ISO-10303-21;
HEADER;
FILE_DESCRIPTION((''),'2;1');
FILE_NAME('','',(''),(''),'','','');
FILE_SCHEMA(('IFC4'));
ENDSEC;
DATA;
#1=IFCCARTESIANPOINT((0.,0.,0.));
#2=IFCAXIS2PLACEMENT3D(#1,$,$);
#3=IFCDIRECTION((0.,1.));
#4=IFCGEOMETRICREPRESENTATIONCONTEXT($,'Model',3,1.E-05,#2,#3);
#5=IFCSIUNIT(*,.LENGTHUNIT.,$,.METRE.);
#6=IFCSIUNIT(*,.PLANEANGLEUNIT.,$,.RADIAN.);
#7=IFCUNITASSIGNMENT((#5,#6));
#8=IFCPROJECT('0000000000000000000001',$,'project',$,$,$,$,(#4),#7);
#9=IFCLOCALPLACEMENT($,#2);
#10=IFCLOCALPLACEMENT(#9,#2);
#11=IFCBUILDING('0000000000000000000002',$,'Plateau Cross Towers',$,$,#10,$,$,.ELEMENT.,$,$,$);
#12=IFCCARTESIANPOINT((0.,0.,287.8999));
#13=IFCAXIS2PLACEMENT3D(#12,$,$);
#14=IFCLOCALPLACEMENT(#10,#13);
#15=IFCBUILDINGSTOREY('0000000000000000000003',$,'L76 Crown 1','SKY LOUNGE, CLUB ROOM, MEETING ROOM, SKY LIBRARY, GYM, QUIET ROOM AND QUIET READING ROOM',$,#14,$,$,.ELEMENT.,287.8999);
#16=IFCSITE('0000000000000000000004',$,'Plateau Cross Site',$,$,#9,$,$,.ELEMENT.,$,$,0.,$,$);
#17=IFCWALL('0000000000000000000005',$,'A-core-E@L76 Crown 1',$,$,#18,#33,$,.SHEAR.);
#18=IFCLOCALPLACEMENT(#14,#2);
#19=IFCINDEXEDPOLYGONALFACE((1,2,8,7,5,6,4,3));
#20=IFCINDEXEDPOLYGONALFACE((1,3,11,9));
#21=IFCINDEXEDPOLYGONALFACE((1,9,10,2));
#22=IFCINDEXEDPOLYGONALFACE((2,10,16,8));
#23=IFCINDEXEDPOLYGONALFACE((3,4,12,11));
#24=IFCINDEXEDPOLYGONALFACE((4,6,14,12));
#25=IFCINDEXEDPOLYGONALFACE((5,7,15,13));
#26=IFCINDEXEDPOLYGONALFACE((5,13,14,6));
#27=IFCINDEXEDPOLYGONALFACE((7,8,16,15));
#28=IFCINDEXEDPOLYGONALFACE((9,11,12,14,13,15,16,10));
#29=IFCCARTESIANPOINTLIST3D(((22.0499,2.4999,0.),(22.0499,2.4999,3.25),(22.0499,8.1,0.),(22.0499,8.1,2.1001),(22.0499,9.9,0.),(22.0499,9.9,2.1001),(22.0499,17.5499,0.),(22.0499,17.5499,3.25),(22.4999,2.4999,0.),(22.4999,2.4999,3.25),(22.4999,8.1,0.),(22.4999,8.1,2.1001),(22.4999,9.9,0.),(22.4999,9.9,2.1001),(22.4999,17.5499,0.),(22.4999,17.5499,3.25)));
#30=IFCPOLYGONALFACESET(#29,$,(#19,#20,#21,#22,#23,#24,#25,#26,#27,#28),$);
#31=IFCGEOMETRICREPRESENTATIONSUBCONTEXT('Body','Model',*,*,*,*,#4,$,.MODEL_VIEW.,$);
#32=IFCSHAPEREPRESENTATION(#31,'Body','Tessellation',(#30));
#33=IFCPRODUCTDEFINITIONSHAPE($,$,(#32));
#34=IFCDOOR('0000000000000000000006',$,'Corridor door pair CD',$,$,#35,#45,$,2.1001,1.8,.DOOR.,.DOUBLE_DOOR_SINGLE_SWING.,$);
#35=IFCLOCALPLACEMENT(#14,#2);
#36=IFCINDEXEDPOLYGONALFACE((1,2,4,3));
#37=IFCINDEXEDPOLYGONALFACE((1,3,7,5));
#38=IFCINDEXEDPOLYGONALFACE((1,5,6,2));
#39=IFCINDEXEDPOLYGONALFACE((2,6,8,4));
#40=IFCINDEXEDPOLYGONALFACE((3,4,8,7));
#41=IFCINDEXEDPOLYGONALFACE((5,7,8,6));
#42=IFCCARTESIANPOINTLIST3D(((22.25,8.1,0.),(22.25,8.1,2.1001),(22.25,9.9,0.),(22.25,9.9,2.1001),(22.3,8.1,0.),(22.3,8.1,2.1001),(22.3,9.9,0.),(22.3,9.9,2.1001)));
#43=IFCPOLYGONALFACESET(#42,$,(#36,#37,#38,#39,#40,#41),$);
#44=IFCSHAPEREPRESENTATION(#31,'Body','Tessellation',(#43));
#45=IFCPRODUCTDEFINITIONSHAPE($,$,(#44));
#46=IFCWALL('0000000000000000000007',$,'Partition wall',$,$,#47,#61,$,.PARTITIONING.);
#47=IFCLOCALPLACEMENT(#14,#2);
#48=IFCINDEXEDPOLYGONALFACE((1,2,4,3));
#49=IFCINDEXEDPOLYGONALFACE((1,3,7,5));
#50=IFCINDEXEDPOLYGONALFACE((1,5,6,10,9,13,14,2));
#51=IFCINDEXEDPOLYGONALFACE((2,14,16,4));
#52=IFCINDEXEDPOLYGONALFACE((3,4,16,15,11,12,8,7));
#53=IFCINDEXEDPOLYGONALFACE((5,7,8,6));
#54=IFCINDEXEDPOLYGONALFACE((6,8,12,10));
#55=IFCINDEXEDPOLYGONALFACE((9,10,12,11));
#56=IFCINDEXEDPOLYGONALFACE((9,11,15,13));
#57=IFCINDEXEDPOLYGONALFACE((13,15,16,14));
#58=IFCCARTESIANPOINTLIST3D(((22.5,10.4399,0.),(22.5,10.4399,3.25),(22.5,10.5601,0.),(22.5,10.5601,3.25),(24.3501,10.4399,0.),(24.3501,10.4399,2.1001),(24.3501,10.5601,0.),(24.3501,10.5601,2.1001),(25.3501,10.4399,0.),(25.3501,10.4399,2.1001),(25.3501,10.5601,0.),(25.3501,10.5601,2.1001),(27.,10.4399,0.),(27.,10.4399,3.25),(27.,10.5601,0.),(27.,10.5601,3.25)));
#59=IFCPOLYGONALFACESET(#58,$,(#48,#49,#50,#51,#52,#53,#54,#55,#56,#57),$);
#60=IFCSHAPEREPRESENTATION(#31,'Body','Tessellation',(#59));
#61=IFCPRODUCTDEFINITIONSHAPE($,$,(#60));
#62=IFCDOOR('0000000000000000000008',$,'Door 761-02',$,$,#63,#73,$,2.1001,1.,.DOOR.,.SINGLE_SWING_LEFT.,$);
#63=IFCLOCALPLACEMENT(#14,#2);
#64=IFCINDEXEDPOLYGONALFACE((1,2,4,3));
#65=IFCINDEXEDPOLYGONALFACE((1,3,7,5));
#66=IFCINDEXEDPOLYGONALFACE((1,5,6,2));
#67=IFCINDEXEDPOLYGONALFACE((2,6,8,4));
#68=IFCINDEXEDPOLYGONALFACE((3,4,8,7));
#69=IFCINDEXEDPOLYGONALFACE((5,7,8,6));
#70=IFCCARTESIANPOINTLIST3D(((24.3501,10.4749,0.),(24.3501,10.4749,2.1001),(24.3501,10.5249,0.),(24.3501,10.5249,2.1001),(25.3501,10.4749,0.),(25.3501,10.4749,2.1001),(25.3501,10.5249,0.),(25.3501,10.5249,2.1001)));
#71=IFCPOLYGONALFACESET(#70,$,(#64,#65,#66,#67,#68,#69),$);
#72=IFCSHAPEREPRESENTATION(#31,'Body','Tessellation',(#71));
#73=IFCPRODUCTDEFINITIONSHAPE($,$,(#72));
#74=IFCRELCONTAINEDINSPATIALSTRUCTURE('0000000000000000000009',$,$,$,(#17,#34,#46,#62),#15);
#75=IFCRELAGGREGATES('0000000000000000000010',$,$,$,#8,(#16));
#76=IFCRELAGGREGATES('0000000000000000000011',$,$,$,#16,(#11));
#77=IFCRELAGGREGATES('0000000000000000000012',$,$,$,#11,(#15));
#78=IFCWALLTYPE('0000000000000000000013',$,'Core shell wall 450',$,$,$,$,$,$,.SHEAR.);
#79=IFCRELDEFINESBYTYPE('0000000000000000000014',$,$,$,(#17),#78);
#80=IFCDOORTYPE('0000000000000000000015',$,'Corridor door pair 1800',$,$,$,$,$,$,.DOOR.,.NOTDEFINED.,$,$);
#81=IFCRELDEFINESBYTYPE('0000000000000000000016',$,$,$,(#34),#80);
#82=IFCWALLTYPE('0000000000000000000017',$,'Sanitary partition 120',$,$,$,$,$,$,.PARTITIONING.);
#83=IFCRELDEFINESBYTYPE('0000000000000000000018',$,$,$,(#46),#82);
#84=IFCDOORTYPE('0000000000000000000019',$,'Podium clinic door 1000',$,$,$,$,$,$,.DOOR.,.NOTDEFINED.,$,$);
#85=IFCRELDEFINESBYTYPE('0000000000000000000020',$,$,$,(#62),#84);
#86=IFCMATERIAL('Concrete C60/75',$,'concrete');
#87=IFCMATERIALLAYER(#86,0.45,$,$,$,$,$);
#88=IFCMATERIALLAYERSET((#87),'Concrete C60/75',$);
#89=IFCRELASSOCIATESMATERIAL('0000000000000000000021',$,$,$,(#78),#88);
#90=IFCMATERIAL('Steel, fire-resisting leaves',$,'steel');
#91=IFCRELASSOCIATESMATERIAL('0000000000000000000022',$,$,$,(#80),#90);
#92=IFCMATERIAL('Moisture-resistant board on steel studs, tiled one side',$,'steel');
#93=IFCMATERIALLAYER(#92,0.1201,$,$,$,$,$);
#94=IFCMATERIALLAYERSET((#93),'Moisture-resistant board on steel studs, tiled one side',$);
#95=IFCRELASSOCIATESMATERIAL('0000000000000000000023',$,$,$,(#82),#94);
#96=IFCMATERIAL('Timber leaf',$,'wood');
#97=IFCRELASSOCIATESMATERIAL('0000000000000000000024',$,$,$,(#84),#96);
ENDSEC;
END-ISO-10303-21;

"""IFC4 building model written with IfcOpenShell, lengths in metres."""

from ifc_helpers import new_model, si_unit, direction, frame, frame_2d, origin, place, context, subcontext, project, spatial, rectangle, extrude, material, layer, layer_set, type_object, element, fill, save


model = new_model("IFC4")

# Units and contexts
model_context = context("Model", 3, precision=1e-05, world=origin(), true_north=direction((0.0, 1.0)))
body_context = subcontext(model_context, "Body", "Model", "MODEL_VIEW")
ifc_project = project(units=[si_unit("LENGTHUNIT", "METRE"), si_unit("PLANEANGLEUNIT", "RADIAN")], contexts=[model_context])

# Site, building, storey
site_placement = place(None, origin())
site = spatial("IfcSite", under=ifc_project, at=site_placement, Name="Plateau Cross Site", CompositionType="ELEMENT", RefElevation=0.0)
building_placement = place(site_placement, origin())
building = spatial("IfcBuilding", under=site, at=building_placement, Name="Plateau Cross Towers", CompositionType="ELEMENT")
storey_placement = place(building_placement, frame((0.0, 0.0, 287.8999)))
storey = spatial("IfcBuildingStorey", under=building, at=storey_placement, Name="L76 Crown 1", Description="SKY LOUNGE, CLUB ROOM, MEETING ROOM, SKY LIBRARY, GYM, QUIET ROOM AND QUIET READING ROOM", CompositionType="ELEMENT", Elevation=287.8999)

# Shared definitions
ifc_material_1 = material(Name="Concrete C60/75", Category="concrete")

# Walls, openings, doors
ifc_layer_1 = layer(ifc_material_1, 0.45)
ifc_layer_set_1 = layer_set([ifc_layer_1], Name="Concrete C60/75")
wall_type_1 = type_object("IfcWallType", Name="Core shell wall 450", PredefinedType="SHEAR", material=ifc_layer_set_1)
wall_1_placement = place(storey_placement, frame((22.2749, 2.5, 0.0), z_axis=(0.0, 0.0, 1.0), x_axis=(0.0, 1.0, 0.0)))
wall_1 = element("IfcWall", 1, at=wall_1_placement, inside=storey, type_object=wall_type_1, Name="A-core-E@L76 Crown 1", PredefinedType="SHEAR", context=body_context, shape_type="SweptSolid", body=[
    extrude(rectangle(XDim=15.05, YDim=0.45, at=frame_2d((7.5249, 0.0))), origin(), (0.0, 0.0, 1.0), 3.25),
])
opening_1_placement = place(wall_1_placement, frame((5.6001, 0.0, 0.0)))
opening_1 = element("IfcOpeningElement", 2, at=opening_1_placement, cuts=wall_1, PredefinedType="OPENING", context=body_context, shape_type="SweptSolid", body=[
    extrude(rectangle(XDim=1.8, YDim=2.1001, at=frame_2d((0.8999, 1.05))), frame((0.0, 0.2349, 0.0), z_axis=(0.0, -1.0, 0.0), x_axis=(1.0, 0.0, 0.0)), (0.0, 0.0, 1.0), 0.47),
])
ifc_material_2 = material(Name="Steel, fire-resisting leaves", Category="steel")
door_type_1 = type_object("IfcDoorType", Name="Corridor door pair 1800", OperationType="NOTDEFINED", PredefinedType="DOOR", material=ifc_material_2)
door_1_placement = place(opening_1_placement, origin())
door_1 = element("IfcDoor", 3, at=door_1_placement, inside=storey, type_object=door_type_1, Name="Corridor door pair CD", OperationType="DOUBLE_DOOR_SINGLE_SWING", OverallHeight=2.1001, OverallWidth=1.8, PredefinedType="DOOR", context=body_context, shape_type="SweptSolid", body=[
    extrude(rectangle(XDim=1.8, YDim=2.1001, at=frame_2d((0.8999, 1.05))), frame((0.0, 0.0249, 0.0), z_axis=(0.0, -1.0, 0.0), x_axis=(1.0, 0.0, 0.0)), (0.0, 0.0, 1.0), 0.05),
])
fill(opening_1, door_1)
ifc_material_3 = material(Name="Moisture-resistant board on steel studs, tiled one side", Category="steel")
ifc_layer_2 = layer(ifc_material_3, 0.1201)
ifc_layer_set_2 = layer_set([ifc_layer_2], Name="Moisture-resistant board on steel studs, tiled one side")
wall_type_2 = type_object("IfcWallType", Name="Sanitary partition 120", PredefinedType="PARTITIONING", material=ifc_layer_set_2)
wall_2_placement = place(storey_placement, frame((22.5, 10.5, 0.0), z_axis=(0.0, 0.0, 1.0), x_axis=(1.0, 0.0, 0.0)))
wall_2 = element("IfcWall", 4, at=wall_2_placement, inside=storey, type_object=wall_type_2, Name="Partition wall", PredefinedType="PARTITIONING", context=body_context, shape_type="SweptSolid", body=[
    extrude(rectangle(XDim=4.5, YDim=0.1201, at=frame_2d((2.25, 0.0))), origin(), (0.0, 0.0, 1.0), 3.25),
])
opening_2_placement = place(wall_2_placement, frame((1.8501, 0.0, 0.0)))
opening_2 = element("IfcOpeningElement", 5, at=opening_2_placement, cuts=wall_2, PredefinedType="OPENING", context=body_context, shape_type="SweptSolid", body=[
    extrude(rectangle(XDim=1.0, YDim=2.1001, at=frame_2d((0.5, 1.05))), frame((0.0, 0.0701, 0.0), z_axis=(0.0, -1.0, 0.0), x_axis=(1.0, 0.0, 0.0)), (0.0, 0.0, 1.0), 0.1401),
])
ifc_material_4 = material(Name="Timber leaf", Category="wood")
door_type_2 = type_object("IfcDoorType", Name="Podium clinic door 1000", OperationType="NOTDEFINED", PredefinedType="DOOR", material=ifc_material_4)
door_2_placement = place(opening_2_placement, origin())
door_2 = element("IfcDoor", 6, at=door_2_placement, inside=storey, type_object=door_type_2, Name="Door 761-02", OperationType="SINGLE_SWING_LEFT", OverallHeight=2.1001, OverallWidth=1.0, PredefinedType="DOOR", context=body_context, shape_type="SweptSolid", body=[
    extrude(rectangle(XDim=1.0, YDim=2.1001, at=frame_2d((0.5, 1.05))), frame((0.0, 0.0249, 0.0), z_axis=(0.0, -1.0, 0.0), x_axis=(1.0, 0.0, 0.0)), (0.0, 0.0, 1.0), 0.05),
])
fill(opening_2, door_2)

save(model, "model.ifc")
